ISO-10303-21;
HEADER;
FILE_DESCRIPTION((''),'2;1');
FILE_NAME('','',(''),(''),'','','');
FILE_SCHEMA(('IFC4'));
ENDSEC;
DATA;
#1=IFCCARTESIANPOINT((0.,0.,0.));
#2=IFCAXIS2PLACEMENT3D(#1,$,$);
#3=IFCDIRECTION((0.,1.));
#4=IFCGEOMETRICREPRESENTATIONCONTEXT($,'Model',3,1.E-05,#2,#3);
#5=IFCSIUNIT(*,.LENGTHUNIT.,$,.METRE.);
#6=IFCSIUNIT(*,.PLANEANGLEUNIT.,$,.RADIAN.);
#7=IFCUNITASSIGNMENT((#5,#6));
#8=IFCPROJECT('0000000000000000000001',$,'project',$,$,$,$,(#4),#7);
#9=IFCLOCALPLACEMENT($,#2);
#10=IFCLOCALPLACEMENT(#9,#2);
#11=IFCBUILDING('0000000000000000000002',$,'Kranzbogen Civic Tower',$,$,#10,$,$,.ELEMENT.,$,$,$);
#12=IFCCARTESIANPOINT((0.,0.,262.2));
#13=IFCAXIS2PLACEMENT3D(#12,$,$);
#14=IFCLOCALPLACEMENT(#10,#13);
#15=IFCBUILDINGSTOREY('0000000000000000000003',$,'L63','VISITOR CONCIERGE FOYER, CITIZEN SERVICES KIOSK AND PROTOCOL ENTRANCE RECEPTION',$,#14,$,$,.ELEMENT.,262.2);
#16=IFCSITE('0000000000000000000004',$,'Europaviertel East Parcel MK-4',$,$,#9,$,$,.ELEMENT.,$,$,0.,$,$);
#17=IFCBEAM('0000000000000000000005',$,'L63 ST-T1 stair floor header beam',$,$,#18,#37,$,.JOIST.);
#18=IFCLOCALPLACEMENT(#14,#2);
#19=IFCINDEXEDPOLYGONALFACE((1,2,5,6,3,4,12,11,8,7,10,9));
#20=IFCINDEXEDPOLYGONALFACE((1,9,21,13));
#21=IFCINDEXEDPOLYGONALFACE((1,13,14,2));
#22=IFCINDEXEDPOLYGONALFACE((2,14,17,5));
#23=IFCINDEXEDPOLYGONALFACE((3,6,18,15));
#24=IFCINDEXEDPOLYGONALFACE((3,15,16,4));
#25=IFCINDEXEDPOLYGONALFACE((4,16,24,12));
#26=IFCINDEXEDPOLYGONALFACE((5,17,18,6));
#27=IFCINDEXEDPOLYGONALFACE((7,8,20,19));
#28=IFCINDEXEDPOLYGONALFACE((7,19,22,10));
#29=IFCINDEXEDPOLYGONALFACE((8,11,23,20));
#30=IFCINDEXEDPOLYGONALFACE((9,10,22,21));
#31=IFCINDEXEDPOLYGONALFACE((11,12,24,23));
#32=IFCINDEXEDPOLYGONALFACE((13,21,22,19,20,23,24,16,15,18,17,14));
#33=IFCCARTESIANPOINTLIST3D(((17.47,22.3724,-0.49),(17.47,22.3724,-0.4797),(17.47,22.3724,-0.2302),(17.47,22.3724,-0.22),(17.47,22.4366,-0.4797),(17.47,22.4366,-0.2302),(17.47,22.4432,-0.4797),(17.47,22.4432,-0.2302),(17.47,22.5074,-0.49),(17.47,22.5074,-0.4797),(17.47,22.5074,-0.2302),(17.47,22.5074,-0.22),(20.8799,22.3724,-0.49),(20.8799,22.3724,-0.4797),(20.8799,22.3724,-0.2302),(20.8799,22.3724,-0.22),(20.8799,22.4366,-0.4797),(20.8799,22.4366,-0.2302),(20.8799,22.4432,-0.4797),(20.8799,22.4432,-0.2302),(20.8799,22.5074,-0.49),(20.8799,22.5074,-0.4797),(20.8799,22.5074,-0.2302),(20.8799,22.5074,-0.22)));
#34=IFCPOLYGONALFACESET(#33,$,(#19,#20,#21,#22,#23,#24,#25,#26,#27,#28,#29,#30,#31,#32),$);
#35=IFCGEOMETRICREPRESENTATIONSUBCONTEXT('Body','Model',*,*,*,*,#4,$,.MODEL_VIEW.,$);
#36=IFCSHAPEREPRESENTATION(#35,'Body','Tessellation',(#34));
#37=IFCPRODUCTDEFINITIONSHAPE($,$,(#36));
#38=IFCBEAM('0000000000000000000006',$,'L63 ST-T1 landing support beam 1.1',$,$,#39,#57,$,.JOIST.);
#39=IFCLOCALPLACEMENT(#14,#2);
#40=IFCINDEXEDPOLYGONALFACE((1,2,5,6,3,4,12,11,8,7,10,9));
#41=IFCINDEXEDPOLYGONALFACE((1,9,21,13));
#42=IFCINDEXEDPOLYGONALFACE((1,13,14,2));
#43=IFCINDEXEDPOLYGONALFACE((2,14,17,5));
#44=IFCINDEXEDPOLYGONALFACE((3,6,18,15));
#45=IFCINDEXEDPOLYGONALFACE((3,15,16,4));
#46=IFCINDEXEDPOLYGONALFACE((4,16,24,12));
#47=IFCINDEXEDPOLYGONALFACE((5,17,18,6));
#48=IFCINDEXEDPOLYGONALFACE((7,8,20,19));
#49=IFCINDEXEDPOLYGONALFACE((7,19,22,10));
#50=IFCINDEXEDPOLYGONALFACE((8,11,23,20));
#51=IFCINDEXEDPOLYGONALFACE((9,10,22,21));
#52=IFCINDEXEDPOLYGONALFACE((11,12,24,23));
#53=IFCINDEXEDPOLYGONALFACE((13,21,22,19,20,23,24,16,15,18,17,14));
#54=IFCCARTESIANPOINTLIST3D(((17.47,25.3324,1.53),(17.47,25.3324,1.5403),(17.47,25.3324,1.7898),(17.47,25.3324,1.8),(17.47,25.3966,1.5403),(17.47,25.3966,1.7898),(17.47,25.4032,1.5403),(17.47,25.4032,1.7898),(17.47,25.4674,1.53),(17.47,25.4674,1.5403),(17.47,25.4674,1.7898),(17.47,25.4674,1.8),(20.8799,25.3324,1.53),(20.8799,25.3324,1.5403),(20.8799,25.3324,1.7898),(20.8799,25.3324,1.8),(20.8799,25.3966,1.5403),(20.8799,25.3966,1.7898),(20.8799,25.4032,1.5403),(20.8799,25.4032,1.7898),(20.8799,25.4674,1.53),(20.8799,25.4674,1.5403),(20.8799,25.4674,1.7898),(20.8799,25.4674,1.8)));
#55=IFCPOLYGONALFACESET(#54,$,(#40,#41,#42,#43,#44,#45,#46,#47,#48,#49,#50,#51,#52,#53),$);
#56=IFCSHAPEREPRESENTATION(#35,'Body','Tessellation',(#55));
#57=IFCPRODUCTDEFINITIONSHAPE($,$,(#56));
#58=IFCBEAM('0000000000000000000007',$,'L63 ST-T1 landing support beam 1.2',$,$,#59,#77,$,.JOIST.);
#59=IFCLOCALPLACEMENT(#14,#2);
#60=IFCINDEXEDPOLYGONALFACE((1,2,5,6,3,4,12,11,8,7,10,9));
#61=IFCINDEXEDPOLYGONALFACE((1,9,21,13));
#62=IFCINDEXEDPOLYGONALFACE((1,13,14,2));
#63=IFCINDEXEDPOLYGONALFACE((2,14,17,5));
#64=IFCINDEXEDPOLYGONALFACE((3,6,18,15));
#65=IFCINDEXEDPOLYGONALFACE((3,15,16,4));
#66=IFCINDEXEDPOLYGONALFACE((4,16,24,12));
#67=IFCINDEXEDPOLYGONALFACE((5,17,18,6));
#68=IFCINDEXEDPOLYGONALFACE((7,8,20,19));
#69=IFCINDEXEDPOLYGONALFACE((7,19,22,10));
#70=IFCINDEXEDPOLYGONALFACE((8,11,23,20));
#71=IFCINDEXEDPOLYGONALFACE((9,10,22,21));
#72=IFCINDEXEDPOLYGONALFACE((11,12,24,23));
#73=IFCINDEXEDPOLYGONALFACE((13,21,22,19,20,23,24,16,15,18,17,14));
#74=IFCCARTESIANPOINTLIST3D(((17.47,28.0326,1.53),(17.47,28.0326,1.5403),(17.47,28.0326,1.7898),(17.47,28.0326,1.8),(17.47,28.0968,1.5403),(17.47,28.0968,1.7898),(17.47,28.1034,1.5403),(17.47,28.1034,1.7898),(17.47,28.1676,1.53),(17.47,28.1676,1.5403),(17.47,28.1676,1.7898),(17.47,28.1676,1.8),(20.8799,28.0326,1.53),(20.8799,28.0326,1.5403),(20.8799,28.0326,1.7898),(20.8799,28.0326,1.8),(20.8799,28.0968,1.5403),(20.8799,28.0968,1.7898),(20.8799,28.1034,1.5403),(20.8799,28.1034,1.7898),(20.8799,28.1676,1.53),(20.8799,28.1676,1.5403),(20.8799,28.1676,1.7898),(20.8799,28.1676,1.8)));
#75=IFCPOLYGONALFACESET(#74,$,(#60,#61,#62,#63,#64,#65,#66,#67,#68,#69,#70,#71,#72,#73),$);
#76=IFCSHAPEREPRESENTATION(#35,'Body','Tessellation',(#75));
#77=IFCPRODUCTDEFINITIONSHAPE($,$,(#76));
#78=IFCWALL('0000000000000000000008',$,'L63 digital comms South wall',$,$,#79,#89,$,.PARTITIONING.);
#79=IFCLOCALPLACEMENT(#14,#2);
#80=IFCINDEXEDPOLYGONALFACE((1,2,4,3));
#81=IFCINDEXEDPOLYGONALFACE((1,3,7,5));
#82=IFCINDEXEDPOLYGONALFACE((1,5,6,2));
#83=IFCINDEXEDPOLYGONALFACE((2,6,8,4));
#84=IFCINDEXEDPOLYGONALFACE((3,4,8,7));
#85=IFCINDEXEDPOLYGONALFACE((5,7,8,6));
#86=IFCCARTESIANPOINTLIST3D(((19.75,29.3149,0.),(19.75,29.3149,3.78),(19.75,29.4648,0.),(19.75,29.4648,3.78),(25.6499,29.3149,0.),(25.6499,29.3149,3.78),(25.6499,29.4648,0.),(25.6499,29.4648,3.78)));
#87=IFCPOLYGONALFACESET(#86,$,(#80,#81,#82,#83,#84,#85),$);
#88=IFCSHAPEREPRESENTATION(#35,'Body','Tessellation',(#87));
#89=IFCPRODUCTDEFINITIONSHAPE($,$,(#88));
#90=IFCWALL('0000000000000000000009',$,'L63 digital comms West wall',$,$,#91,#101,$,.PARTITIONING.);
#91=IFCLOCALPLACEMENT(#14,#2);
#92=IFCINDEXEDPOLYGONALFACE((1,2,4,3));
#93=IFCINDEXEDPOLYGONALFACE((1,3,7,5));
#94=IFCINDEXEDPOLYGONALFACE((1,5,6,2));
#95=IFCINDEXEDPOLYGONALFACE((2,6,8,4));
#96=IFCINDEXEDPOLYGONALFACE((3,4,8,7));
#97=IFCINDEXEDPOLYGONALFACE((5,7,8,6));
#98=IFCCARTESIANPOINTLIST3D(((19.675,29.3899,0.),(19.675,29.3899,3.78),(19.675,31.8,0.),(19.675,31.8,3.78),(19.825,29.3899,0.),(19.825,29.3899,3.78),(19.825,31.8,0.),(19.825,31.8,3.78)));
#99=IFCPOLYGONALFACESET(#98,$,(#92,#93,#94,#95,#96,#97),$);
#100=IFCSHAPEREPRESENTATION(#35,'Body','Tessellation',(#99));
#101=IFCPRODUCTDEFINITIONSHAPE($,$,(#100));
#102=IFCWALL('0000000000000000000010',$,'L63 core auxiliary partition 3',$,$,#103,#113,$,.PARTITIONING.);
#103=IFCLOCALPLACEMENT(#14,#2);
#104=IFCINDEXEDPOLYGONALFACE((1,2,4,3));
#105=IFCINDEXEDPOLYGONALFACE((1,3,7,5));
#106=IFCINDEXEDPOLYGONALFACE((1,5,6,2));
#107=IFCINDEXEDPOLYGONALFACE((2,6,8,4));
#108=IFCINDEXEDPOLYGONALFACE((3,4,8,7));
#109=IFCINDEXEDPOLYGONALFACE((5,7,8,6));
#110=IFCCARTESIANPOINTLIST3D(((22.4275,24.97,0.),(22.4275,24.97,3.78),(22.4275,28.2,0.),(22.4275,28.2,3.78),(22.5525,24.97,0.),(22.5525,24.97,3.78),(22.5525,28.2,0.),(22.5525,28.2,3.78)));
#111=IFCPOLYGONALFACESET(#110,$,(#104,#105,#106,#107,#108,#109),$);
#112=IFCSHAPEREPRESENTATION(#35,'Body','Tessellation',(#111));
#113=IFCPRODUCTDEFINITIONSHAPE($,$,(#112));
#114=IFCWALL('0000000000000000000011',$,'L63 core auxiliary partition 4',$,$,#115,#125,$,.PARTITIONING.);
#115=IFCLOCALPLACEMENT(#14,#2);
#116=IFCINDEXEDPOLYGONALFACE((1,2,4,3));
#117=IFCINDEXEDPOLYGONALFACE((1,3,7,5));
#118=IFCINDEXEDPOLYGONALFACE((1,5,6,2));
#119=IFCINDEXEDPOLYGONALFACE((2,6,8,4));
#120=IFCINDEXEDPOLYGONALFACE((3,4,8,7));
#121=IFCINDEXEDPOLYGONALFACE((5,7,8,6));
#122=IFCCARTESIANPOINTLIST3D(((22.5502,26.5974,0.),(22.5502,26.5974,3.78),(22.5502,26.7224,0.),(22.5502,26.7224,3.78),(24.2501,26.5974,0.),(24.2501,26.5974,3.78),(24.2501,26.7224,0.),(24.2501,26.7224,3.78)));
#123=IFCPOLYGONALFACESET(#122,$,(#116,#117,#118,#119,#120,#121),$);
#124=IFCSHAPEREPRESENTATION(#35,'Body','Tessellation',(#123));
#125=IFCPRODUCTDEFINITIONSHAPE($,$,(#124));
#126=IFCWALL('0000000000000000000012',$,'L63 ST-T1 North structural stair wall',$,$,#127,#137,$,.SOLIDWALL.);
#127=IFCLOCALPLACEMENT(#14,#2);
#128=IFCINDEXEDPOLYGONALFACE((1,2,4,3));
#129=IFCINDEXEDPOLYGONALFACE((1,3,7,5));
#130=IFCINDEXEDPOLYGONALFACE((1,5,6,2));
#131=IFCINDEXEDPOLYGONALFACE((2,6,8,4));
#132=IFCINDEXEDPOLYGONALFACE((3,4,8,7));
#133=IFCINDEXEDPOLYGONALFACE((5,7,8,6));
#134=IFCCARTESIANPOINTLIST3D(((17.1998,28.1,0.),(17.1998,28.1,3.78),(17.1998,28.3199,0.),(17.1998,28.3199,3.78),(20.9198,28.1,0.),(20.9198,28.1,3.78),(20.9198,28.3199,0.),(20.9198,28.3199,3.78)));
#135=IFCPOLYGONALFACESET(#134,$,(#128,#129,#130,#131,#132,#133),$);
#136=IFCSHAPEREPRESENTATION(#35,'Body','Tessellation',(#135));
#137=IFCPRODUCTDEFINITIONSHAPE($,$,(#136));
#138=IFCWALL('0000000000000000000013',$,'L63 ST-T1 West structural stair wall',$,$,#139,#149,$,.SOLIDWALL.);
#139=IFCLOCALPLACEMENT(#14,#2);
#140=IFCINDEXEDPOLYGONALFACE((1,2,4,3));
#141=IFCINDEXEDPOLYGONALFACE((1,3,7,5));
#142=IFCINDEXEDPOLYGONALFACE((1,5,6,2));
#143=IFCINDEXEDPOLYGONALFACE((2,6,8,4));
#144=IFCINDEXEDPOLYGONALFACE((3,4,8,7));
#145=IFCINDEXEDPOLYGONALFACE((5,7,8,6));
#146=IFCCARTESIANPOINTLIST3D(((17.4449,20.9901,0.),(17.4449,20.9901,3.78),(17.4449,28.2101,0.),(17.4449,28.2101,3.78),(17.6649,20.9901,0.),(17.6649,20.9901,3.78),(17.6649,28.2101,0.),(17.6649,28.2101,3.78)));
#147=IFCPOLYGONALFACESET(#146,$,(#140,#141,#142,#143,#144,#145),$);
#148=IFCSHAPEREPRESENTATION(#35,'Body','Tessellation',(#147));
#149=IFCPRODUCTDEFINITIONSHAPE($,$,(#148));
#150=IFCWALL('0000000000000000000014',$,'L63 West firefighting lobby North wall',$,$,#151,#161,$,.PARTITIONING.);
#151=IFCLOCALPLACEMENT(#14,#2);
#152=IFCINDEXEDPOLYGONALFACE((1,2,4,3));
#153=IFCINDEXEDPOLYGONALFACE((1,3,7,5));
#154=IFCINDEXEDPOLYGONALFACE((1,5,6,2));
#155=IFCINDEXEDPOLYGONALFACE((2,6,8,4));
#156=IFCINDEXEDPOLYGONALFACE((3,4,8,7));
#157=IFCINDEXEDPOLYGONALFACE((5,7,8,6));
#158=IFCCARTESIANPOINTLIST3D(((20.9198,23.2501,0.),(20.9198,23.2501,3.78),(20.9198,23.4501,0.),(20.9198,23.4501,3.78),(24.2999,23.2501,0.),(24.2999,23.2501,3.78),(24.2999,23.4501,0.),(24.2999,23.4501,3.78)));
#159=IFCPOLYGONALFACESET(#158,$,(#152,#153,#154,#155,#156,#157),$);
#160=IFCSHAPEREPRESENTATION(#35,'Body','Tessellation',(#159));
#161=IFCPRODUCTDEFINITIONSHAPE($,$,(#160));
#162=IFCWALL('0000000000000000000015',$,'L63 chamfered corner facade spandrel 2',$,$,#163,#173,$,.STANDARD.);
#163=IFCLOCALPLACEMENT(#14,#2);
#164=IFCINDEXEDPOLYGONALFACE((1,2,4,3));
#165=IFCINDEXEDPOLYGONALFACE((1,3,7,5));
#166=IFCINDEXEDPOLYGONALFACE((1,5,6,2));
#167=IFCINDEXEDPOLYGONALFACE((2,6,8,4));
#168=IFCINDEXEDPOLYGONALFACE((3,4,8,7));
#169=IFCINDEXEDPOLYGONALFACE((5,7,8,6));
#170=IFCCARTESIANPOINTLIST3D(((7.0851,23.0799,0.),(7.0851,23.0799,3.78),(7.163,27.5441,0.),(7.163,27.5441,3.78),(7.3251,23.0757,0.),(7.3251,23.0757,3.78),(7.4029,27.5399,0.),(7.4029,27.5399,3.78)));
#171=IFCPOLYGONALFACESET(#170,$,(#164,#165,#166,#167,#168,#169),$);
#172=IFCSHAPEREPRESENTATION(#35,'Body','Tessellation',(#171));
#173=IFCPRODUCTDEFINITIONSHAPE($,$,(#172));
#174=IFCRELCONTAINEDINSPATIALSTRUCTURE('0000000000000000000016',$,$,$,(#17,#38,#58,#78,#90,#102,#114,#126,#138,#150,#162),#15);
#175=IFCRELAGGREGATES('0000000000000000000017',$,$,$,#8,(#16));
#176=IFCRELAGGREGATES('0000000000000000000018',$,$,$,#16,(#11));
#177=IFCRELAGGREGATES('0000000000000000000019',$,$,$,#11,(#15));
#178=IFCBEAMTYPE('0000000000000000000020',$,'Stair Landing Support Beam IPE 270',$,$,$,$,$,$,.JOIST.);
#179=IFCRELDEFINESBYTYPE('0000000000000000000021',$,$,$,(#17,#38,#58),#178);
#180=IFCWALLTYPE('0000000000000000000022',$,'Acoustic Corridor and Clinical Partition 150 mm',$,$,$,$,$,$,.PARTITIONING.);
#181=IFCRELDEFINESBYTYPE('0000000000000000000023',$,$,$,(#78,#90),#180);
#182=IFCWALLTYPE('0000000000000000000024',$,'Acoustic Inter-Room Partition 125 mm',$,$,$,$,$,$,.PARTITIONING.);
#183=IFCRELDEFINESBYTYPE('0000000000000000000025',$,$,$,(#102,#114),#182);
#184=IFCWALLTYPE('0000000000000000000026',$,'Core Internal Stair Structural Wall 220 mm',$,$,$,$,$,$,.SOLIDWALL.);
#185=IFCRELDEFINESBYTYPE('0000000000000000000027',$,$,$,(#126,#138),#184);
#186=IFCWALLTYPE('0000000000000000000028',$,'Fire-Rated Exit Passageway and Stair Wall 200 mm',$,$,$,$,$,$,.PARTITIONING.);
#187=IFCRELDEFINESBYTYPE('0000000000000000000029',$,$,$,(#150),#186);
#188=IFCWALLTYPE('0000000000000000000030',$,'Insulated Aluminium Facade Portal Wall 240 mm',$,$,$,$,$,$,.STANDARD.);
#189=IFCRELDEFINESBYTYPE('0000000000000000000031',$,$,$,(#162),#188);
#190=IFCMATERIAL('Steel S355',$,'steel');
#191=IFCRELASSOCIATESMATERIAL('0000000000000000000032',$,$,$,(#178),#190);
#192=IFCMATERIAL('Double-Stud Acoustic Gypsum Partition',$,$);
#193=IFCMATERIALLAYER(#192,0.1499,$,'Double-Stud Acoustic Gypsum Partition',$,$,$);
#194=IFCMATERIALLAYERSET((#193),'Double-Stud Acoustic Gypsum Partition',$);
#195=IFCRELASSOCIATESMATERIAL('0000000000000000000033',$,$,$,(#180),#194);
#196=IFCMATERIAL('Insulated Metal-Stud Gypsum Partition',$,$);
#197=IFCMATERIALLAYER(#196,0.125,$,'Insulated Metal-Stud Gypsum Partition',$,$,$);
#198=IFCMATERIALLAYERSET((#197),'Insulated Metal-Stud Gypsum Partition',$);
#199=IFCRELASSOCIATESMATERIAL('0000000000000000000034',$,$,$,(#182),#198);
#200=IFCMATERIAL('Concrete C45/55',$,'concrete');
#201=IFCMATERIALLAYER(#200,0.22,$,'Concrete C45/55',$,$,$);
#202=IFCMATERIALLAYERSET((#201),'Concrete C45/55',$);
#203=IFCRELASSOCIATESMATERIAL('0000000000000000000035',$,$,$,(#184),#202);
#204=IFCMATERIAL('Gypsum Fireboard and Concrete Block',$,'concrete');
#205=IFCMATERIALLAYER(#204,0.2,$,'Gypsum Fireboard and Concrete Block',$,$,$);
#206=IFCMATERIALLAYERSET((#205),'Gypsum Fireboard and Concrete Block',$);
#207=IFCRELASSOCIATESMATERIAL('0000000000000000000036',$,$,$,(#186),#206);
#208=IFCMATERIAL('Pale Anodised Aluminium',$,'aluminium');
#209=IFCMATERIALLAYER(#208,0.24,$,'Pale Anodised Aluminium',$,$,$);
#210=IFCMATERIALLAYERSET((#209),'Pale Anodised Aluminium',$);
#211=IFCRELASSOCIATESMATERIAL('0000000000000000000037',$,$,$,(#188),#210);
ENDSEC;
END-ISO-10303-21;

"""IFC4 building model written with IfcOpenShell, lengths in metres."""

from ifc_helpers import new_model, si_unit, direction, frame, frame_2d, origin, origin_2d, place, context, subcontext, project, spatial, rectangle, i_section, extrude, material, layer, layer_set, material_profile, profile_set, type_object, element, save


model = new_model("IFC4")

# Units and contexts
model_context = context("Model", 3, precision=1e-05, world=origin(), true_north=direction((0.0, 1.0)))
body_context = subcontext(model_context, "Body", "Model", "MODEL_VIEW")
ifc_project = project(units=[si_unit("LENGTHUNIT", "METRE"), si_unit("PLANEANGLEUNIT", "RADIAN")], contexts=[model_context])

# Site, building, storey
site_placement = place(None, origin())
site = spatial("IfcSite", under=ifc_project, at=site_placement, Name="Europaviertel East Parcel MK-4", CompositionType="ELEMENT", RefElevation=0.0)
building_placement = place(site_placement, origin())
building = spatial("IfcBuilding", under=site, at=building_placement, Name="Kranzbogen Civic Tower", CompositionType="ELEMENT")
storey_placement = place(building_placement, frame((0.0, 0.0, 262.2)))
storey = spatial("IfcBuildingStorey", under=building, at=storey_placement, Name="L63", Description="VISITOR CONCIERGE FOYER, CITIZEN SERVICES KIOSK AND PROTOCOL ENTRANCE RECEPTION", CompositionType="ELEMENT", Elevation=262.2)

# Shared definitions
ifc_material_1 = material(Name="Steel S355", Category="steel")

# Shared definitions
ifc_material_2 = material(Name="Pale Anodised Aluminium", Category="aluminium")

# Beams
ifc_material_profile_1 = material_profile(ifc_material_1, i_section(OverallWidth=0.135, OverallDepth=0.27, WebThickness=0.0066, FlangeThickness=0.0103, at=origin_2d()), Name="IPE 270")
ifc_profile_set_1 = profile_set([ifc_material_profile_1], Name="Steel S355")
beam_type_1 = type_object("IfcBeamType", Name="Stair Landing Support Beam IPE 270", PredefinedType="JOIST", material=ifc_profile_set_1)
for number, where, z_axis, x_axis, name in (
    (1, (20.8799, 22.4399, -0.355), (-1.0, 0.0, 0.0), (0.0, -1.0, 0.0), "L63 ST-T1 stair floor header beam"),
    (2, (20.8799, 25.3999, 1.665), (-1.0, 0.0, 0.0), (0.0, -1.0, 0.0), "L63 ST-T1 landing support beam 1.1"),
    (3, (20.8799, 28.1001, 1.665), (-1.0, 0.0, 0.0), (0.0, -1.0, 0.0), "L63 ST-T1 landing support beam 1.2"),
):
    element("IfcBeam", number, at=place(storey_placement, frame(where, z_axis=z_axis, x_axis=x_axis)), inside=storey, type_object=beam_type_1, Name=name, PredefinedType="JOIST", context=body_context, shape_type="SweptSolid", body=[
        extrude(i_section(OverallWidth=0.135, OverallDepth=0.27, WebThickness=0.0066, FlangeThickness=0.0103, at=origin_2d()), origin(), (0.0, 0.0, 1.0), 3.4099),
    ])

# Walls
ifc_material_3 = material(Name="Double-Stud Acoustic Gypsum Partition")
ifc_layer_1 = layer(ifc_material_3, 0.1499, Name="Double-Stud Acoustic Gypsum Partition")
ifc_layer_set_1 = layer_set([ifc_layer_1], Name="Double-Stud Acoustic Gypsum Partition")
wall_type_1 = type_object("IfcWallType", Name="Acoustic Corridor and Clinical Partition 150 mm", PredefinedType="PARTITIONING", material=ifc_layer_set_1)
wall_1_placement = place(storey_placement, frame((19.75, 29.3899, 0.0), z_axis=(0.0, 0.0, 1.0), x_axis=(1.0, 0.0, 0.0)))
element("IfcWall", 4, at=wall_1_placement, inside=storey, type_object=wall_type_1, Name="L63 digital comms South wall", PredefinedType="PARTITIONING", context=body_context, shape_type="SweptSolid", body=[
    extrude(rectangle(XDim=5.8999, YDim=0.1499, at=frame_2d((2.95, 0.0))), origin(), (0.0, 0.0, 1.0), 3.78),
])
wall_2_placement = place(storey_placement, frame((19.75, 29.3899, 0.0), z_axis=(0.0, 0.0, 1.0), x_axis=(0.0, 1.0, 0.0)))
element("IfcWall", 5, at=wall_2_placement, inside=storey, type_object=wall_type_1, Name="L63 digital comms West wall", PredefinedType="PARTITIONING", context=body_context, shape_type="SweptSolid", body=[
    extrude(rectangle(XDim=2.4102, YDim=0.1499, at=frame_2d((1.2051, 0.0))), origin(), (0.0, 0.0, 1.0), 3.78),
])

# Shared definitions
ifc_material_4 = material(Name="Insulated Metal-Stud Gypsum Partition")
ifc_layer_2 = layer(ifc_material_4, 0.125, Name="Insulated Metal-Stud Gypsum Partition")
ifc_layer_set_2 = layer_set([ifc_layer_2], Name="Insulated Metal-Stud Gypsum Partition")
wall_type_2 = type_object("IfcWallType", Name="Acoustic Inter-Room Partition 125 mm", PredefinedType="PARTITIONING", material=ifc_layer_set_2)

# Walls
wall_3_placement = place(storey_placement, frame((22.49, 24.97, 0.0), z_axis=(0.0, 0.0, 1.0), x_axis=(0.0, 1.0, 0.0)))
element("IfcWall", 6, at=wall_3_placement, inside=storey, type_object=wall_type_2, Name="L63 core auxiliary partition 3", PredefinedType="PARTITIONING", context=body_context, shape_type="SweptSolid", body=[
    extrude(rectangle(XDim=3.23, YDim=0.125, at=frame_2d((1.615, 0.0))), origin(), (0.0, 0.0, 1.0), 3.78),
])
wall_4_placement = place(storey_placement, frame((22.55, 26.6599, 0.0), z_axis=(0.0, 0.0, 1.0), x_axis=(1.0, 0.0, 0.0)))
element("IfcWall", 7, at=wall_4_placement, inside=storey, type_object=wall_type_2, Name="L63 core auxiliary partition 4", PredefinedType="PARTITIONING", context=body_context, shape_type="SweptSolid", body=[
    extrude(rectangle(XDim=1.7, YDim=0.125, at=frame_2d((0.8501, 0.0))), origin(), (0.0, 0.0, 1.0), 3.78),
])
ifc_material_5 = material(Name="Concrete C45/55", Category="concrete")
ifc_layer_3 = layer(ifc_material_5, 0.22, Name="Concrete C45/55")
ifc_layer_set_3 = layer_set([ifc_layer_3], Name="Concrete C45/55")
wall_type_3 = type_object("IfcWallType", Name="Core Internal Stair Structural Wall 220 mm", PredefinedType="SOLIDWALL", material=ifc_layer_set_3)
wall_5_placement = place(storey_placement, frame((17.2, 28.21, 0.0), z_axis=(0.0, 0.0, 1.0), x_axis=(1.0, 0.0, 0.0)))
element("IfcWall", 8, at=wall_5_placement, inside=storey, type_object=wall_type_3, Name="L63 ST-T1 North structural stair wall", PredefinedType="SOLIDWALL", context=body_context, shape_type="SweptSolid", body=[
    extrude(rectangle(XDim=3.72, YDim=0.22, at=frame_2d((1.8599, 0.0))), origin(), (0.0, 0.0, 1.0), 3.78),
])
wall_6_placement = place(storey_placement, frame((17.5549, 28.21, 0.0), z_axis=(0.0, 0.0, 1.0), x_axis=(0.0, -1.0, 0.0)))
element("IfcWall", 9, at=wall_6_placement, inside=storey, type_object=wall_type_3, Name="L63 ST-T1 West structural stair wall", PredefinedType="SOLIDWALL", context=body_context, shape_type="SweptSolid", body=[
    extrude(rectangle(XDim=7.22, YDim=0.22, at=frame_2d((3.6099, 0.0))), origin(), (0.0, 0.0, 1.0), 3.78),
])
ifc_material_6 = material(Name="Gypsum Fireboard and Concrete Block", Category="concrete")
ifc_layer_4 = layer(ifc_material_6, 0.2, Name="Gypsum Fireboard and Concrete Block")
ifc_layer_set_4 = layer_set([ifc_layer_4], Name="Gypsum Fireboard and Concrete Block")
wall_type_4 = type_object("IfcWallType", Name="Fire-Rated Exit Passageway and Stair Wall 200 mm", PredefinedType="PARTITIONING", material=ifc_layer_set_4)
wall_7_placement = place(storey_placement, frame((20.9199, 23.3501, 0.0), z_axis=(0.0, 0.0, 1.0), x_axis=(1.0, 0.0, 0.0)))
element("IfcWall", 10, at=wall_7_placement, inside=storey, type_object=wall_type_4, Name="L63 West firefighting lobby North wall", PredefinedType="PARTITIONING", context=body_context, shape_type="SweptSolid", body=[
    extrude(rectangle(XDim=3.3801, YDim=0.2, at=frame_2d((1.6899, 0.0))), origin(), (0.0, 0.0, 1.0), 3.78),
])
ifc_layer_5 = layer(ifc_material_2, 0.24, Name="Pale Anodised Aluminium")
ifc_layer_set_5 = layer_set([ifc_layer_5], Name="Pale Anodised Aluminium")
wall_type_5 = type_object("IfcWallType", Name="Insulated Aluminium Facade Portal Wall 240 mm", PredefinedType="STANDARD", material=ifc_layer_set_5)
wall_8_placement = place(storey_placement, frame((7.283, 27.542, 0.0), z_axis=(0.0, 0.0, 1.0), x_axis=(-0.017443, -0.999848, 0.0)))
element("IfcWall", 11, at=wall_8_placement, inside=storey, type_object=wall_type_5, Name="L63 chamfered corner facade spandrel 2", PredefinedType="STANDARD", context=body_context, shape_type="SweptSolid", body=[
    extrude(rectangle(XDim=4.4648, YDim=0.24, at=frame_2d((2.2324, 0.0))), origin(), (0.0, 0.0, 1.0), 3.78),
])

save(model, "model.ifc")
